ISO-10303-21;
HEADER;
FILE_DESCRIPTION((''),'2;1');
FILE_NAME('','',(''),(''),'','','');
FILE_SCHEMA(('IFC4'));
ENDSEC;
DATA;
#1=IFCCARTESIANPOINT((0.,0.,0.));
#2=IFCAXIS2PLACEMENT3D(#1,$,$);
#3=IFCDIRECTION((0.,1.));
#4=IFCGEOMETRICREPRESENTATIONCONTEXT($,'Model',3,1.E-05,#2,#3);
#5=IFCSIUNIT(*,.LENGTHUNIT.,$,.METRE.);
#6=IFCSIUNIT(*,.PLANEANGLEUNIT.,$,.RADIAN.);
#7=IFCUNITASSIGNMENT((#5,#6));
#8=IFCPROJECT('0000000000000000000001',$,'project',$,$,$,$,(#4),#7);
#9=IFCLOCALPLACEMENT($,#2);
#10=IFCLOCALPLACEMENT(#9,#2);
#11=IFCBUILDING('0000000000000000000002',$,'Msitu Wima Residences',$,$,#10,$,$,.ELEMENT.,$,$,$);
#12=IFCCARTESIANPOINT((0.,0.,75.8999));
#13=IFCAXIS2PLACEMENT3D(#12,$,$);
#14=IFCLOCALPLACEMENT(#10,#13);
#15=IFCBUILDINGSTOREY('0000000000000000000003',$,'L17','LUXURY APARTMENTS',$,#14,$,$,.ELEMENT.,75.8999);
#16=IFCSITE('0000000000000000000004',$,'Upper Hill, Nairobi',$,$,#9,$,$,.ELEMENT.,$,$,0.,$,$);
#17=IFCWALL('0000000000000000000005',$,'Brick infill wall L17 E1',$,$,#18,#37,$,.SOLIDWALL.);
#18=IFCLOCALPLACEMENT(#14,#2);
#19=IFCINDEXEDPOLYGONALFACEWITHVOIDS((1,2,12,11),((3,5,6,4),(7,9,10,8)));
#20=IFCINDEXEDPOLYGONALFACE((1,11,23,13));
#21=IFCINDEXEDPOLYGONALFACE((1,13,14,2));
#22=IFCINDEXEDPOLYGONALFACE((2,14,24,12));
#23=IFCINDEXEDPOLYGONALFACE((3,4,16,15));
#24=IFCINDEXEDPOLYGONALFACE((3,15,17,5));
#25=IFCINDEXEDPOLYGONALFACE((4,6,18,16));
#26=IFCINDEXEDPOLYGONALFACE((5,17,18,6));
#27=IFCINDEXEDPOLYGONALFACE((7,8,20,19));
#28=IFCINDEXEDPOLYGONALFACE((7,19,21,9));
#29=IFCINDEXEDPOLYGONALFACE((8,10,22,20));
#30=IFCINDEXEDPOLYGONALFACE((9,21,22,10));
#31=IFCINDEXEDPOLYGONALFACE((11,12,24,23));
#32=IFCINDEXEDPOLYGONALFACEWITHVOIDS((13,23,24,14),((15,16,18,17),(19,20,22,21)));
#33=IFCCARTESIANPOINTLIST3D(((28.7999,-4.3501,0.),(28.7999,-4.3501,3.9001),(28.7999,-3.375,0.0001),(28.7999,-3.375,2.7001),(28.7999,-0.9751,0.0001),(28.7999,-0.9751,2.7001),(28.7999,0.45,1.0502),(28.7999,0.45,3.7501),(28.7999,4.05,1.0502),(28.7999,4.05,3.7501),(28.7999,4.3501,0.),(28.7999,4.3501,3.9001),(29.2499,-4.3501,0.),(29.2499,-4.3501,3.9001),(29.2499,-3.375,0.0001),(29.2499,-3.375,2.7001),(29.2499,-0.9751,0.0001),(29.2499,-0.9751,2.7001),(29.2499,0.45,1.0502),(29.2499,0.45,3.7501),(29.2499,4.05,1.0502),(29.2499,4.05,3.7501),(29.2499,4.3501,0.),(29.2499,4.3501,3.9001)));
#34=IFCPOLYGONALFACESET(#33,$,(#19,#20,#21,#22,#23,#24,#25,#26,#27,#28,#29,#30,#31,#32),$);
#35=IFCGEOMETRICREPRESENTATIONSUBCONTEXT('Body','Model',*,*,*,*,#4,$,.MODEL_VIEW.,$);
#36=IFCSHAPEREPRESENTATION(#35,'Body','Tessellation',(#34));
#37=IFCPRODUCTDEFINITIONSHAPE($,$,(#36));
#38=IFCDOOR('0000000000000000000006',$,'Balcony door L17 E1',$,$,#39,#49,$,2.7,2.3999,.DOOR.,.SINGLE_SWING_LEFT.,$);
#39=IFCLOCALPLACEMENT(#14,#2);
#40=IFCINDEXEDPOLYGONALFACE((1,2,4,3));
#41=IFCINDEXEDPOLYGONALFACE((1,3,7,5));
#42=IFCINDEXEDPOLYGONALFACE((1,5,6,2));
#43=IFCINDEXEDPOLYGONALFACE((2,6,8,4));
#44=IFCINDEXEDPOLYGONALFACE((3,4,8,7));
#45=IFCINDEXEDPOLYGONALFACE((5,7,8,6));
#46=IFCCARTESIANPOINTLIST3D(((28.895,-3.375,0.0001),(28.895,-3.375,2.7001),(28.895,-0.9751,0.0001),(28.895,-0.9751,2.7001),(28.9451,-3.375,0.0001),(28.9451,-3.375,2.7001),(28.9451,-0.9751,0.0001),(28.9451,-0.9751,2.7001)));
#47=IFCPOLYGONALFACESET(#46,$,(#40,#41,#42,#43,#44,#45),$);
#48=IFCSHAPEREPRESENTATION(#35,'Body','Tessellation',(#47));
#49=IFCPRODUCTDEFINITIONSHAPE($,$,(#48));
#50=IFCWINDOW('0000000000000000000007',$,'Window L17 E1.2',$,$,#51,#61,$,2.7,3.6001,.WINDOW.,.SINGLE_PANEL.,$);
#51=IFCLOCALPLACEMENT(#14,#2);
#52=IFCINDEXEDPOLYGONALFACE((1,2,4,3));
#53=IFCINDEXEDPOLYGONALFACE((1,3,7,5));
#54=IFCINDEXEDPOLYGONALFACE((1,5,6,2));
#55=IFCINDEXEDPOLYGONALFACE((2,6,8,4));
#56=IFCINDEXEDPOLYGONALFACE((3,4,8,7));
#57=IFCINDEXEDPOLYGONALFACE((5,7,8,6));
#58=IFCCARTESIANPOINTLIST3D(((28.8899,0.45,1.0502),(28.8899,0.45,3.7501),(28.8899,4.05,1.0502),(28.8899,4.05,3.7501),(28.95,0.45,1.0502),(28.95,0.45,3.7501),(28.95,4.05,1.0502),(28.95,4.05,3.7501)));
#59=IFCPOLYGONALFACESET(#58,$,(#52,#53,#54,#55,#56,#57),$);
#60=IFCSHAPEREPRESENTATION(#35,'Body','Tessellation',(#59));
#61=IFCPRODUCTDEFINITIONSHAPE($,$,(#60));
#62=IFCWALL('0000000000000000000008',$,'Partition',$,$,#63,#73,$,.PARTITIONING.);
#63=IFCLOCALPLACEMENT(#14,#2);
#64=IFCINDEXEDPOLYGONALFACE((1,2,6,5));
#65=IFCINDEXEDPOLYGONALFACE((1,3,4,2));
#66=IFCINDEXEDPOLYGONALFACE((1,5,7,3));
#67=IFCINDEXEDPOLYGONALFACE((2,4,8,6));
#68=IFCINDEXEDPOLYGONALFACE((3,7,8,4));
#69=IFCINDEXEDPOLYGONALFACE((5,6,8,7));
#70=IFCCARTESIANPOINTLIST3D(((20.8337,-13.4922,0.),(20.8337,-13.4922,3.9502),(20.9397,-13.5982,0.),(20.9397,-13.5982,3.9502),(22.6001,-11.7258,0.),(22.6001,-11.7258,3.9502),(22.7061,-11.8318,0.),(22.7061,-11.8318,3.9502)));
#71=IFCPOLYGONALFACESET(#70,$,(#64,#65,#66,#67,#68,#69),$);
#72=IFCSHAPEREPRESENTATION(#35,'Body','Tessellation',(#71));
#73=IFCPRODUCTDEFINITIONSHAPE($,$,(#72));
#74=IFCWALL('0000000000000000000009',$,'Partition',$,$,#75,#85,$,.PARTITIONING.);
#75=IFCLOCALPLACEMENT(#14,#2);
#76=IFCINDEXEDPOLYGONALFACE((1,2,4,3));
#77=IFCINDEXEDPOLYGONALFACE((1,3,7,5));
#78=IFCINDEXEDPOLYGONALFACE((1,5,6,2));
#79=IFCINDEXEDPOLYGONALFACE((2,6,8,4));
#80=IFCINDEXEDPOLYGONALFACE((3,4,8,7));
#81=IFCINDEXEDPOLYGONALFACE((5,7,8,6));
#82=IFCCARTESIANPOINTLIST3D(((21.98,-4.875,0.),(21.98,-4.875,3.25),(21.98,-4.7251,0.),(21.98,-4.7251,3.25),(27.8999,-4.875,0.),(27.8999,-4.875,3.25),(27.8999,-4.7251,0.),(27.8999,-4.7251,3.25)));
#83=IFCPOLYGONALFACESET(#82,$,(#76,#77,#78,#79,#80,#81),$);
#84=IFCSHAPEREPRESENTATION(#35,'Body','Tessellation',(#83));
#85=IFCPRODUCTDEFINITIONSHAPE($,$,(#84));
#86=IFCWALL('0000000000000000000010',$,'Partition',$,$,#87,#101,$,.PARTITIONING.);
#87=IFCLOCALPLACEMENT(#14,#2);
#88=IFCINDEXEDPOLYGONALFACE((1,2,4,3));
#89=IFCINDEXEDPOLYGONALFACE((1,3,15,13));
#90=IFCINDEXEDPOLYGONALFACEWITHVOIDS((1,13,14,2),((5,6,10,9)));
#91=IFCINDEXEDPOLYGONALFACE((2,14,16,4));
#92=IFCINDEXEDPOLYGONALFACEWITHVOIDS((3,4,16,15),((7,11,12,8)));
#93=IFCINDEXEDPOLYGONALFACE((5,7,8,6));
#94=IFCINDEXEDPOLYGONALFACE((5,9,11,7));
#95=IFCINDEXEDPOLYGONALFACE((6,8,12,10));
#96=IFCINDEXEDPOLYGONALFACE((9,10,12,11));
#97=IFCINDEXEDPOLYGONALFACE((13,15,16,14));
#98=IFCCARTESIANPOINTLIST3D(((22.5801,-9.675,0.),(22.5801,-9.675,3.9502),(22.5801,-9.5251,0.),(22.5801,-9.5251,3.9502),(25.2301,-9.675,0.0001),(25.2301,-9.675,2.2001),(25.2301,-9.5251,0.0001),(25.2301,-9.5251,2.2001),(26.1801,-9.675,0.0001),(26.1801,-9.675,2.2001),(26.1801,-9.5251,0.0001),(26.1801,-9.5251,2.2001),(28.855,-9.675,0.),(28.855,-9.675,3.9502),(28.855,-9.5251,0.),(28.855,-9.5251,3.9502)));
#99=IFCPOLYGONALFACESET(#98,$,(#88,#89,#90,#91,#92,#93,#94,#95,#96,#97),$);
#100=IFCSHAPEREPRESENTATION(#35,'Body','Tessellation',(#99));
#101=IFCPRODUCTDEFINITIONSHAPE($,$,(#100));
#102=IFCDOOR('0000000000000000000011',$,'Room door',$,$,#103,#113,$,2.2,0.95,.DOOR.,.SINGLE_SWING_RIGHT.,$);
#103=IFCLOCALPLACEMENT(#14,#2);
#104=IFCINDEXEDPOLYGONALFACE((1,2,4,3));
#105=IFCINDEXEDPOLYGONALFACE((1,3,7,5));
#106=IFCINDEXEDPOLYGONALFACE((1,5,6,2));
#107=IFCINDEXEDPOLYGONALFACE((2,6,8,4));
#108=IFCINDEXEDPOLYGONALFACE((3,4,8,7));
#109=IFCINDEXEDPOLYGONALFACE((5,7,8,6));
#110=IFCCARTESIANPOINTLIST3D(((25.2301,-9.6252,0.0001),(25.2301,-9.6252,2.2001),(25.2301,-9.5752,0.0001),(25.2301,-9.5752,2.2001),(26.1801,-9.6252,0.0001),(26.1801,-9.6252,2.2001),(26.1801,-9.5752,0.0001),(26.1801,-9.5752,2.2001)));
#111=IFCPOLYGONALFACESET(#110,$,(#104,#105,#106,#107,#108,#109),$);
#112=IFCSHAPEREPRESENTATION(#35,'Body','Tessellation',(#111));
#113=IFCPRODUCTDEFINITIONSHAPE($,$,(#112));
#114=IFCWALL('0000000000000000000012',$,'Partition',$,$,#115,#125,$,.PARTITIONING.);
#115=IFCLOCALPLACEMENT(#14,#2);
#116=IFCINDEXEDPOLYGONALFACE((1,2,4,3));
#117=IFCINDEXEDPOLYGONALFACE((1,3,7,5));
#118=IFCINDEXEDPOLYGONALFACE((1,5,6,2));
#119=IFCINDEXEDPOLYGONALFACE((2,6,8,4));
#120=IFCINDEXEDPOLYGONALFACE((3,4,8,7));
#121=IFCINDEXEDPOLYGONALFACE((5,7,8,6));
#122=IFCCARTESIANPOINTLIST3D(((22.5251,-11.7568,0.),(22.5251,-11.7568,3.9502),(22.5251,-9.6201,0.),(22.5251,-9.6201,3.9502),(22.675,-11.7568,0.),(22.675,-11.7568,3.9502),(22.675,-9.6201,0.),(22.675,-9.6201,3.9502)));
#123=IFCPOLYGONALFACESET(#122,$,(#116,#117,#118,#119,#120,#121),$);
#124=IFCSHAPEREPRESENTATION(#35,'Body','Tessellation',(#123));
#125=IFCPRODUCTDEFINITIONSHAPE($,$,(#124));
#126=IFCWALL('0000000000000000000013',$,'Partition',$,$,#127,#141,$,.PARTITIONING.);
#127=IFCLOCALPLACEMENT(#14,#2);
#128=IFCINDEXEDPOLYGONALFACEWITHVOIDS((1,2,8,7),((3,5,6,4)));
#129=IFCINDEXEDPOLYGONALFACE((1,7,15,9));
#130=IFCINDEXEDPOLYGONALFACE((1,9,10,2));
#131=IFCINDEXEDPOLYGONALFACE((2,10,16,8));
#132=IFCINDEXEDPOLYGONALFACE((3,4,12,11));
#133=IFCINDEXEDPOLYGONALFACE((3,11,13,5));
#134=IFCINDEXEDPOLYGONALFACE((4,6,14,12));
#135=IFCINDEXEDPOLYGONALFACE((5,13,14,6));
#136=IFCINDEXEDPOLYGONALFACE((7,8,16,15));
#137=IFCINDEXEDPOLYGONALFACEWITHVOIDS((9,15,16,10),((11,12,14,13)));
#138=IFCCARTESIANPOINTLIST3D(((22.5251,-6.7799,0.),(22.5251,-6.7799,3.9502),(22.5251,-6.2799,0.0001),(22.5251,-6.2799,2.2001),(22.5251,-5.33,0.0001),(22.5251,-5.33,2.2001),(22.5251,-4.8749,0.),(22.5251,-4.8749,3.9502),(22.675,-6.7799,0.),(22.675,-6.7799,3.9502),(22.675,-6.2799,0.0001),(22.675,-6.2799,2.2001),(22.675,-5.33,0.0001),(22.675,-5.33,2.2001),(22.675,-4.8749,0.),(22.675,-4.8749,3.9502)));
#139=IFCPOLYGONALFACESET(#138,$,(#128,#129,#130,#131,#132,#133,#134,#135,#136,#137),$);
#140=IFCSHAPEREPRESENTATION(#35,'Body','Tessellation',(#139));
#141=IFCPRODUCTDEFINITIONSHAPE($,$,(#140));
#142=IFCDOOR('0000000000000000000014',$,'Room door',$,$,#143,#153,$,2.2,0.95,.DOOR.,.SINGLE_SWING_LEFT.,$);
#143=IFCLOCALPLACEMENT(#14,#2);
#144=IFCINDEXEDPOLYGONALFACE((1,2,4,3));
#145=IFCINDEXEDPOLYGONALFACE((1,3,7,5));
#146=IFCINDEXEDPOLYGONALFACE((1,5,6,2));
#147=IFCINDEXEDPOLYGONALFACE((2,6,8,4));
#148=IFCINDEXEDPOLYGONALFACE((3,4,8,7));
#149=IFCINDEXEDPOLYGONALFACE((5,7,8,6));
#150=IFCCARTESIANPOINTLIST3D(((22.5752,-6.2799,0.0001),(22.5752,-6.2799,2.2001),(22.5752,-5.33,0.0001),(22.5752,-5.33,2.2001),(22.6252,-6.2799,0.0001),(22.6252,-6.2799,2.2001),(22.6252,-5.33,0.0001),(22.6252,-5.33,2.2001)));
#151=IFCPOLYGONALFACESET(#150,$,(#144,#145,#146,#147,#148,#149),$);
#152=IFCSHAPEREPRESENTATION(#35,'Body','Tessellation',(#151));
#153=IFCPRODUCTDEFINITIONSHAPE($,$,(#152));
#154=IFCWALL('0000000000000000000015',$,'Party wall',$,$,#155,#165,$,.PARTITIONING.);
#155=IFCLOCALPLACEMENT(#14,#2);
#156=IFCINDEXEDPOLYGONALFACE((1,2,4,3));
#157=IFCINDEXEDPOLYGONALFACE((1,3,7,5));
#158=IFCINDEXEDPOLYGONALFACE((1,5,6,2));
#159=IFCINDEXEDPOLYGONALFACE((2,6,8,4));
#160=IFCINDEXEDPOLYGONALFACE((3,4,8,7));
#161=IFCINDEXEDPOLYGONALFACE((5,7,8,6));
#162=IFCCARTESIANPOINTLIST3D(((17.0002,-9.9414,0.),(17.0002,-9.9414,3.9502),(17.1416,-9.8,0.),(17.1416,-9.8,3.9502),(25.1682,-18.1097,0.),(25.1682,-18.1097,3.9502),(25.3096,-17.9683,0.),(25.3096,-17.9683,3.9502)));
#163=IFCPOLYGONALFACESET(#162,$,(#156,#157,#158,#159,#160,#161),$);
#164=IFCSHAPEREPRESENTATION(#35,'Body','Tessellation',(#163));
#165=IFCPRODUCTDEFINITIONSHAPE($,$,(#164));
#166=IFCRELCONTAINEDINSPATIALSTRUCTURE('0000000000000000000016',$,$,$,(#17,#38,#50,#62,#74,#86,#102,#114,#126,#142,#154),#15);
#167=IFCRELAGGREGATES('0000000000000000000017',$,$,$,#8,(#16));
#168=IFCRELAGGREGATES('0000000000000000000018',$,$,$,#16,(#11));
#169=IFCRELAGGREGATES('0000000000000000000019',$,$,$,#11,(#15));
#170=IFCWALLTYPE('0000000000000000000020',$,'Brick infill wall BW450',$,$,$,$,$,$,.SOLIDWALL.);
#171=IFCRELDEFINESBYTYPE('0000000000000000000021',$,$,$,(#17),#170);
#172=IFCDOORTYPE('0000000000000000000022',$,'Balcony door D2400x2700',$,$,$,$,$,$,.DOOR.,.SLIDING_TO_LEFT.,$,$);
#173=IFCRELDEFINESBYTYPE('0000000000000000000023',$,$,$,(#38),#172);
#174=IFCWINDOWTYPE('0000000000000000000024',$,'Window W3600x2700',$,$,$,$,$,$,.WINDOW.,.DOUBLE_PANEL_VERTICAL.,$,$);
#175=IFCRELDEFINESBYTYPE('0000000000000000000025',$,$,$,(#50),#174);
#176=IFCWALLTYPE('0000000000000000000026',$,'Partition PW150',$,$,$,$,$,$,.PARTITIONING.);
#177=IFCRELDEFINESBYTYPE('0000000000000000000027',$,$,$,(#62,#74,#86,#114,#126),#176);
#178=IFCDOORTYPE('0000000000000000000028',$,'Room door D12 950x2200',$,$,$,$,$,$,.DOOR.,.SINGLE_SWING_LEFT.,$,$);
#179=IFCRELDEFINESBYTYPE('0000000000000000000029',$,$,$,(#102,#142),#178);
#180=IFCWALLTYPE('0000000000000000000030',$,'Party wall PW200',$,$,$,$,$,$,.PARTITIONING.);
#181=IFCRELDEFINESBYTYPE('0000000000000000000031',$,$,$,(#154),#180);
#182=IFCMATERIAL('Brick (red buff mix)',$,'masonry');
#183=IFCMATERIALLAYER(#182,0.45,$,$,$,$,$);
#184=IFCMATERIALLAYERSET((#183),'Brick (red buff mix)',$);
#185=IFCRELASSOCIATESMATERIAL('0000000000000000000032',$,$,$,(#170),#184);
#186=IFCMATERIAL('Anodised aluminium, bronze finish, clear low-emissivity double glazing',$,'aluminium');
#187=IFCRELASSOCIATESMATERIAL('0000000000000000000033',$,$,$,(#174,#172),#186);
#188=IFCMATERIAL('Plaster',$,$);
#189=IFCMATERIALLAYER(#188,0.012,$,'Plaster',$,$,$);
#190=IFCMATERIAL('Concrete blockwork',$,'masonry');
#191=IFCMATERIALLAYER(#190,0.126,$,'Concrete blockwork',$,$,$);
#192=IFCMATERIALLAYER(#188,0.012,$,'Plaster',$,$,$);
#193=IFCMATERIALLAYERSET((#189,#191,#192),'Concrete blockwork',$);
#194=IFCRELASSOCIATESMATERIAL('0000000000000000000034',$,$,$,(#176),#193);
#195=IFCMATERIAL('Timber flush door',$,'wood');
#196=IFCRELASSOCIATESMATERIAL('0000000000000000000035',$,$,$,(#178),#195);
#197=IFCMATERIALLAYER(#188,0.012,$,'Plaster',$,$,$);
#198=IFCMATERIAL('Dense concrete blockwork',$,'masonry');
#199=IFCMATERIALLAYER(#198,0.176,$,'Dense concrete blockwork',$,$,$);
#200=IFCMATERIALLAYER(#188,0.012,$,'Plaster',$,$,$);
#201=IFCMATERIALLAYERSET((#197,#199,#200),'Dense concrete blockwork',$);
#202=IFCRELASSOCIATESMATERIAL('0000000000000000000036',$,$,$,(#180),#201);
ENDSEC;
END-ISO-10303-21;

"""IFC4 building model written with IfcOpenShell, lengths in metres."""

from ifc_helpers import new_model, si_unit, direction, frame, frame_2d, origin, place, context, subcontext, project, spatial, rectangle, extrude, material, layer, layer_set, type_object, element, fill, save


model = new_model("IFC4")

# Units and contexts
model_context = context("Model", 3, precision=1e-05, world=origin(), true_north=direction((0.0, 1.0)))
body_context = subcontext(model_context, "Body", "Model", "MODEL_VIEW")
ifc_project = project(units=[si_unit("LENGTHUNIT", "METRE"), si_unit("PLANEANGLEUNIT", "RADIAN")], contexts=[model_context])

# Site, building, storey
site_placement = place(None, origin())
site = spatial("IfcSite", under=ifc_project, at=site_placement, Name="Upper Hill, Nairobi", CompositionType="ELEMENT", RefElevation=0.0)
building_placement = place(site_placement, origin())
building = spatial("IfcBuilding", under=site, at=building_placement, Name="Msitu Wima Residences", CompositionType="ELEMENT")
storey_placement = place(building_placement, frame((0.0, 0.0, 75.8999)))
storey = spatial("IfcBuildingStorey", under=building, at=storey_placement, Name="L17", Description="LUXURY APARTMENTS", CompositionType="ELEMENT", Elevation=75.8999)

# Shared definitions
ifc_material_1 = material(Name="Brick (red buff mix)", Category="masonry")
ifc_layer_1 = layer(ifc_material_1, 0.45)
ifc_layer_set_1 = layer_set([ifc_layer_1], Name="Brick (red buff mix)")
wall_type_1 = type_object("IfcWallType", Name="Brick infill wall BW450", PredefinedType="SOLIDWALL", material=ifc_layer_set_1)
ifc_material_2 = material(Name="Anodised aluminium, bronze finish, clear low-emissivity double glazing", Category="aluminium")
window_type = type_object("IfcWindowType", Name="Window W3600x2700", PartitioningType="DOUBLE_PANEL_VERTICAL", PredefinedType="WINDOW", material=ifc_material_2)

# Wall, openings, door, window
wall_1_placement = place(storey_placement, frame((29.0249, -4.3501, 0.0), z_axis=(0.0, 0.0, 1.0), x_axis=(0.0, 1.0, 0.0)))
wall_1 = element("IfcWall", 1, at=wall_1_placement, inside=storey, type_object=wall_type_1, Name="Brick infill wall L17 E1", PredefinedType="SOLIDWALL", context=body_context, shape_type="SweptSolid", body=[
    extrude(rectangle(XDim=8.7002, YDim=0.45, at=frame_2d((4.3501, 0.0))), origin(), (0.0, 0.0, 1.0), 3.9001),
])
opening_1_placement = place(wall_1_placement, frame((0.9751, 0.0, 0.0)))
opening_1 = element("IfcOpeningElement", 2, at=opening_1_placement, cuts=wall_1, PredefinedType="OPENING", context=body_context, shape_type="SweptSolid", body=[
    extrude(rectangle(XDim=2.3999, YDim=2.7, at=frame_2d((1.2, 1.3501))), frame((0.0, 0.2349, 0.0), z_axis=(0.0, -1.0, 0.0), x_axis=(1.0, 0.0, 0.0)), (0.0, 0.0, 1.0), 0.47),
])
opening_2_placement = place(wall_1_placement, frame((4.8, 0.0, 1.05)))
opening_2 = element("IfcOpeningElement", 3, at=opening_2_placement, cuts=wall_1, PredefinedType="OPENING", context=body_context, shape_type="SweptSolid", body=[
    extrude(rectangle(XDim=3.6001, YDim=2.7, at=frame_2d((1.8, 1.3501))), frame((0.0, 0.2349, 0.0), z_axis=(0.0, -1.0, 0.0), x_axis=(1.0, 0.0, 0.0)), (0.0, 0.0, 1.0), 0.47),
])
door_type_1 = type_object("IfcDoorType", Name="Balcony door D2400x2700", OperationType="SLIDING_TO_LEFT", PredefinedType="DOOR", material=ifc_material_2)
door_1_placement = place(opening_1_placement, origin())
door_1 = element("IfcDoor", 4, at=door_1_placement, inside=storey, type_object=door_type_1, Name="Balcony door L17 E1", OperationType="SINGLE_SWING_LEFT", OverallHeight=2.7, OverallWidth=2.3999, PredefinedType="DOOR", context=body_context, shape_type="SweptSolid", body=[
    extrude(rectangle(XDim=2.3999, YDim=2.7, at=frame_2d((1.2, 1.3501))), frame((0.0, 0.1299, 0.0), z_axis=(0.0, -1.0, 0.0), x_axis=(1.0, 0.0, 0.0)), (0.0, 0.0, 1.0), 0.05),
])
fill(opening_1, door_1)
window_1_placement = place(opening_2_placement, origin())
window_1 = element("IfcWindow", 5, at=window_1_placement, inside=storey, type_object=window_type, Name="Window L17 E1.2", OverallHeight=2.7, OverallWidth=3.6001, PartitioningType="SINGLE_PANEL", PredefinedType="WINDOW", context=body_context, shape_type="SweptSolid", body=[
    extrude(rectangle(XDim=3.6001, YDim=2.7, at=frame_2d((1.8, 1.3501))), frame((0.0, 0.135, 0.0), z_axis=(0.0, -1.0, 0.0), x_axis=(1.0, 0.0, 0.0)), (0.0, 0.0, 1.0), 0.0601),
])
fill(opening_2, window_1)

# Walls
ifc_material_3 = material(Name="Plaster")
ifc_layer_2 = layer(ifc_material_3, 0.012, Name="Plaster")
ifc_material_4 = material(Name="Concrete blockwork", Category="masonry")
ifc_layer_3 = layer(ifc_material_4, 0.126, Name="Concrete blockwork")
ifc_layer_4 = layer(ifc_material_3, 0.012, Name="Plaster")
ifc_layer_set_2 = layer_set([ifc_layer_2, ifc_layer_3, ifc_layer_4], Name="Concrete blockwork")
wall_type_2 = type_object("IfcWallType", Name="Partition PW150", PredefinedType="PARTITIONING", material=ifc_layer_set_2)
wall_2_placement = place(storey_placement, frame((20.8867, -13.5452, 0.0), z_axis=(0.0, 0.0, 1.0), x_axis=(0.707107, 0.707107, 0.0)))
element("IfcWall", 6, at=wall_2_placement, inside=storey, type_object=wall_type_2, Name="Partition", PredefinedType="PARTITIONING", context=body_context, shape_type="SweptSolid", body=[
    extrude(rectangle(XDim=2.498, YDim=0.1499, at=frame_2d((1.249, 0.0))), origin(), (0.0, 0.0, 1.0), 3.9502),
])
wall_3_placement = place(storey_placement, frame((21.98, -4.8, 0.0), z_axis=(0.0, 0.0, 1.0), x_axis=(1.0, 0.0, 0.0)))
element("IfcWall", 7, at=wall_3_placement, inside=storey, type_object=wall_type_2, Name="Partition", PredefinedType="PARTITIONING", context=body_context, shape_type="SweptSolid", body=[
    extrude(rectangle(XDim=5.9199, YDim=0.1499, at=frame_2d((2.96, 0.0))), origin(), (0.0, 0.0, 1.0), 3.25),
])

# Wall, opening, door
wall_4_placement = place(storey_placement, frame((22.5801, -9.6001, 0.0), z_axis=(0.0, 0.0, 1.0), x_axis=(1.0, 0.0, 0.0)))
wall_4 = element("IfcWall", 8, at=wall_4_placement, inside=storey, type_object=wall_type_2, Name="Partition", PredefinedType="PARTITIONING", context=body_context, shape_type="SweptSolid", body=[
    extrude(rectangle(XDim=6.2749, YDim=0.1499, at=frame_2d((3.1375, 0.0))), origin(), (0.0, 0.0, 1.0), 3.9502),
])
opening_3_placement = place(wall_4_placement, frame((2.6499, 0.0, 0.0)))
opening_3 = element("IfcOpeningElement", 9, at=opening_3_placement, cuts=wall_4, PredefinedType="OPENING", context=body_context, shape_type="SweptSolid", body=[
    extrude(rectangle(XDim=0.95, YDim=2.2, at=frame_2d((0.4751, 1.1001))), frame((0.0, 0.085, 0.0), z_axis=(0.0, -1.0, 0.0), x_axis=(1.0, 0.0, 0.0)), (0.0, 0.0, 1.0), 0.1699),
])
ifc_material_5 = material(Name="Timber flush door", Category="wood")
door_type_2 = type_object("IfcDoorType", Name="Room door D12 950x2200", OperationType="SINGLE_SWING_LEFT", PredefinedType="DOOR", material=ifc_material_5)
door_2_placement = place(opening_3_placement, origin())
door_2 = element("IfcDoor", 10, at=door_2_placement, inside=storey, type_object=door_type_2, Name="Room door", OperationType="SINGLE_SWING_RIGHT", OverallHeight=2.2, OverallWidth=0.95, PredefinedType="DOOR", context=body_context, shape_type="SweptSolid", body=[
    extrude(rectangle(XDim=0.95, YDim=2.2, at=frame_2d((0.4751, 1.1001))), frame((0.0, 0.0249, 0.0), z_axis=(0.0, -1.0, 0.0), x_axis=(1.0, 0.0, 0.0)), (0.0, 0.0, 1.0), 0.05),
])
fill(opening_3, door_2)

# Wall
wall_5_placement = place(storey_placement, frame((22.6001, -11.7568, 0.0), z_axis=(0.0, 0.0, 1.0), x_axis=(0.0, 1.0, 0.0)))
element("IfcWall", 11, at=wall_5_placement, inside=storey, type_object=wall_type_2, Name="Partition", PredefinedType="PARTITIONING", context=body_context, shape_type="SweptSolid", body=[
    extrude(rectangle(XDim=2.1367, YDim=0.1499, at=frame_2d((1.0684, 0.0))), origin(), (0.0, 0.0, 1.0), 3.9502),
])

# Wall, opening, door
wall_6_placement = place(storey_placement, frame((22.6001, -6.78, 0.0), z_axis=(0.0, 0.0, 1.0), x_axis=(0.0, 1.0, 0.0)))
wall_6 = element("IfcWall", 12, at=wall_6_placement, inside=storey, type_object=wall_type_2, Name="Partition", PredefinedType="PARTITIONING", context=body_context, shape_type="SweptSolid", body=[
    extrude(rectangle(XDim=1.905, YDim=0.1499, at=frame_2d((0.9526, 0.0))), origin(), (0.0, 0.0, 1.0), 3.9502),
])
opening_4_placement = place(wall_6_placement, frame((0.5, 0.0, 0.0)))
opening_4 = element("IfcOpeningElement", 13, at=opening_4_placement, cuts=wall_6, PredefinedType="OPENING", context=body_context, shape_type="SweptSolid", body=[
    extrude(rectangle(XDim=0.95, YDim=2.2, at=frame_2d((0.4751, 1.1001))), frame((0.0, 0.085, 0.0), z_axis=(0.0, -1.0, 0.0), x_axis=(1.0, 0.0, 0.0)), (0.0, 0.0, 1.0), 0.1699),
])
door_3_placement = place(opening_4_placement, origin())
door_3 = element("IfcDoor", 14, at=door_3_placement, inside=storey, type_object=door_type_2, Name="Room door", OperationType="SINGLE_SWING_LEFT", OverallHeight=2.2, OverallWidth=0.95, PredefinedType="DOOR", context=body_context, shape_type="SweptSolid", body=[
    extrude(rectangle(XDim=0.95, YDim=2.2, at=frame_2d((0.4751, 1.1001))), frame((0.0, 0.0249, 0.0), z_axis=(0.0, -1.0, 0.0), x_axis=(1.0, 0.0, 0.0)), (0.0, 0.0, 1.0), 0.05),
])
fill(opening_4, door_3)

# Wall
ifc_layer_5 = layer(ifc_material_3, 0.012, Name="Plaster")
ifc_material_6 = material(Name="Dense concrete blockwork", Category="masonry")
ifc_layer_6 = layer(ifc_material_6, 0.176, Name="Dense concrete blockwork")
ifc_layer_7 = layer(ifc_material_3, 0.012, Name="Plaster")
ifc_layer_set_3 = layer_set([ifc_layer_5, ifc_layer_6, ifc_layer_7], Name="Dense concrete blockwork")
wall_type_3 = type_object("IfcWallType", Name="Party wall PW200", PredefinedType="PARTITIONING", material=ifc_layer_set_3)
wall_7_placement = place(storey_placement, frame((17.0708, -9.8706, 0.0), z_axis=(0.0, 0.0, 1.0), x_axis=(0.707096, -0.707117, 0.0)))
element("IfcWall", 15, at=wall_7_placement, inside=storey, type_object=wall_type_3, Name="Party wall", PredefinedType="PARTITIONING", context=body_context, shape_type="SweptSolid", body=[
    extrude(rectangle(XDim=11.5515, YDim=0.2, at=frame_2d((5.7759, 0.0))), origin(), (0.0, 0.0, 1.0), 3.9502),
])

save(model, "model.ifc")
